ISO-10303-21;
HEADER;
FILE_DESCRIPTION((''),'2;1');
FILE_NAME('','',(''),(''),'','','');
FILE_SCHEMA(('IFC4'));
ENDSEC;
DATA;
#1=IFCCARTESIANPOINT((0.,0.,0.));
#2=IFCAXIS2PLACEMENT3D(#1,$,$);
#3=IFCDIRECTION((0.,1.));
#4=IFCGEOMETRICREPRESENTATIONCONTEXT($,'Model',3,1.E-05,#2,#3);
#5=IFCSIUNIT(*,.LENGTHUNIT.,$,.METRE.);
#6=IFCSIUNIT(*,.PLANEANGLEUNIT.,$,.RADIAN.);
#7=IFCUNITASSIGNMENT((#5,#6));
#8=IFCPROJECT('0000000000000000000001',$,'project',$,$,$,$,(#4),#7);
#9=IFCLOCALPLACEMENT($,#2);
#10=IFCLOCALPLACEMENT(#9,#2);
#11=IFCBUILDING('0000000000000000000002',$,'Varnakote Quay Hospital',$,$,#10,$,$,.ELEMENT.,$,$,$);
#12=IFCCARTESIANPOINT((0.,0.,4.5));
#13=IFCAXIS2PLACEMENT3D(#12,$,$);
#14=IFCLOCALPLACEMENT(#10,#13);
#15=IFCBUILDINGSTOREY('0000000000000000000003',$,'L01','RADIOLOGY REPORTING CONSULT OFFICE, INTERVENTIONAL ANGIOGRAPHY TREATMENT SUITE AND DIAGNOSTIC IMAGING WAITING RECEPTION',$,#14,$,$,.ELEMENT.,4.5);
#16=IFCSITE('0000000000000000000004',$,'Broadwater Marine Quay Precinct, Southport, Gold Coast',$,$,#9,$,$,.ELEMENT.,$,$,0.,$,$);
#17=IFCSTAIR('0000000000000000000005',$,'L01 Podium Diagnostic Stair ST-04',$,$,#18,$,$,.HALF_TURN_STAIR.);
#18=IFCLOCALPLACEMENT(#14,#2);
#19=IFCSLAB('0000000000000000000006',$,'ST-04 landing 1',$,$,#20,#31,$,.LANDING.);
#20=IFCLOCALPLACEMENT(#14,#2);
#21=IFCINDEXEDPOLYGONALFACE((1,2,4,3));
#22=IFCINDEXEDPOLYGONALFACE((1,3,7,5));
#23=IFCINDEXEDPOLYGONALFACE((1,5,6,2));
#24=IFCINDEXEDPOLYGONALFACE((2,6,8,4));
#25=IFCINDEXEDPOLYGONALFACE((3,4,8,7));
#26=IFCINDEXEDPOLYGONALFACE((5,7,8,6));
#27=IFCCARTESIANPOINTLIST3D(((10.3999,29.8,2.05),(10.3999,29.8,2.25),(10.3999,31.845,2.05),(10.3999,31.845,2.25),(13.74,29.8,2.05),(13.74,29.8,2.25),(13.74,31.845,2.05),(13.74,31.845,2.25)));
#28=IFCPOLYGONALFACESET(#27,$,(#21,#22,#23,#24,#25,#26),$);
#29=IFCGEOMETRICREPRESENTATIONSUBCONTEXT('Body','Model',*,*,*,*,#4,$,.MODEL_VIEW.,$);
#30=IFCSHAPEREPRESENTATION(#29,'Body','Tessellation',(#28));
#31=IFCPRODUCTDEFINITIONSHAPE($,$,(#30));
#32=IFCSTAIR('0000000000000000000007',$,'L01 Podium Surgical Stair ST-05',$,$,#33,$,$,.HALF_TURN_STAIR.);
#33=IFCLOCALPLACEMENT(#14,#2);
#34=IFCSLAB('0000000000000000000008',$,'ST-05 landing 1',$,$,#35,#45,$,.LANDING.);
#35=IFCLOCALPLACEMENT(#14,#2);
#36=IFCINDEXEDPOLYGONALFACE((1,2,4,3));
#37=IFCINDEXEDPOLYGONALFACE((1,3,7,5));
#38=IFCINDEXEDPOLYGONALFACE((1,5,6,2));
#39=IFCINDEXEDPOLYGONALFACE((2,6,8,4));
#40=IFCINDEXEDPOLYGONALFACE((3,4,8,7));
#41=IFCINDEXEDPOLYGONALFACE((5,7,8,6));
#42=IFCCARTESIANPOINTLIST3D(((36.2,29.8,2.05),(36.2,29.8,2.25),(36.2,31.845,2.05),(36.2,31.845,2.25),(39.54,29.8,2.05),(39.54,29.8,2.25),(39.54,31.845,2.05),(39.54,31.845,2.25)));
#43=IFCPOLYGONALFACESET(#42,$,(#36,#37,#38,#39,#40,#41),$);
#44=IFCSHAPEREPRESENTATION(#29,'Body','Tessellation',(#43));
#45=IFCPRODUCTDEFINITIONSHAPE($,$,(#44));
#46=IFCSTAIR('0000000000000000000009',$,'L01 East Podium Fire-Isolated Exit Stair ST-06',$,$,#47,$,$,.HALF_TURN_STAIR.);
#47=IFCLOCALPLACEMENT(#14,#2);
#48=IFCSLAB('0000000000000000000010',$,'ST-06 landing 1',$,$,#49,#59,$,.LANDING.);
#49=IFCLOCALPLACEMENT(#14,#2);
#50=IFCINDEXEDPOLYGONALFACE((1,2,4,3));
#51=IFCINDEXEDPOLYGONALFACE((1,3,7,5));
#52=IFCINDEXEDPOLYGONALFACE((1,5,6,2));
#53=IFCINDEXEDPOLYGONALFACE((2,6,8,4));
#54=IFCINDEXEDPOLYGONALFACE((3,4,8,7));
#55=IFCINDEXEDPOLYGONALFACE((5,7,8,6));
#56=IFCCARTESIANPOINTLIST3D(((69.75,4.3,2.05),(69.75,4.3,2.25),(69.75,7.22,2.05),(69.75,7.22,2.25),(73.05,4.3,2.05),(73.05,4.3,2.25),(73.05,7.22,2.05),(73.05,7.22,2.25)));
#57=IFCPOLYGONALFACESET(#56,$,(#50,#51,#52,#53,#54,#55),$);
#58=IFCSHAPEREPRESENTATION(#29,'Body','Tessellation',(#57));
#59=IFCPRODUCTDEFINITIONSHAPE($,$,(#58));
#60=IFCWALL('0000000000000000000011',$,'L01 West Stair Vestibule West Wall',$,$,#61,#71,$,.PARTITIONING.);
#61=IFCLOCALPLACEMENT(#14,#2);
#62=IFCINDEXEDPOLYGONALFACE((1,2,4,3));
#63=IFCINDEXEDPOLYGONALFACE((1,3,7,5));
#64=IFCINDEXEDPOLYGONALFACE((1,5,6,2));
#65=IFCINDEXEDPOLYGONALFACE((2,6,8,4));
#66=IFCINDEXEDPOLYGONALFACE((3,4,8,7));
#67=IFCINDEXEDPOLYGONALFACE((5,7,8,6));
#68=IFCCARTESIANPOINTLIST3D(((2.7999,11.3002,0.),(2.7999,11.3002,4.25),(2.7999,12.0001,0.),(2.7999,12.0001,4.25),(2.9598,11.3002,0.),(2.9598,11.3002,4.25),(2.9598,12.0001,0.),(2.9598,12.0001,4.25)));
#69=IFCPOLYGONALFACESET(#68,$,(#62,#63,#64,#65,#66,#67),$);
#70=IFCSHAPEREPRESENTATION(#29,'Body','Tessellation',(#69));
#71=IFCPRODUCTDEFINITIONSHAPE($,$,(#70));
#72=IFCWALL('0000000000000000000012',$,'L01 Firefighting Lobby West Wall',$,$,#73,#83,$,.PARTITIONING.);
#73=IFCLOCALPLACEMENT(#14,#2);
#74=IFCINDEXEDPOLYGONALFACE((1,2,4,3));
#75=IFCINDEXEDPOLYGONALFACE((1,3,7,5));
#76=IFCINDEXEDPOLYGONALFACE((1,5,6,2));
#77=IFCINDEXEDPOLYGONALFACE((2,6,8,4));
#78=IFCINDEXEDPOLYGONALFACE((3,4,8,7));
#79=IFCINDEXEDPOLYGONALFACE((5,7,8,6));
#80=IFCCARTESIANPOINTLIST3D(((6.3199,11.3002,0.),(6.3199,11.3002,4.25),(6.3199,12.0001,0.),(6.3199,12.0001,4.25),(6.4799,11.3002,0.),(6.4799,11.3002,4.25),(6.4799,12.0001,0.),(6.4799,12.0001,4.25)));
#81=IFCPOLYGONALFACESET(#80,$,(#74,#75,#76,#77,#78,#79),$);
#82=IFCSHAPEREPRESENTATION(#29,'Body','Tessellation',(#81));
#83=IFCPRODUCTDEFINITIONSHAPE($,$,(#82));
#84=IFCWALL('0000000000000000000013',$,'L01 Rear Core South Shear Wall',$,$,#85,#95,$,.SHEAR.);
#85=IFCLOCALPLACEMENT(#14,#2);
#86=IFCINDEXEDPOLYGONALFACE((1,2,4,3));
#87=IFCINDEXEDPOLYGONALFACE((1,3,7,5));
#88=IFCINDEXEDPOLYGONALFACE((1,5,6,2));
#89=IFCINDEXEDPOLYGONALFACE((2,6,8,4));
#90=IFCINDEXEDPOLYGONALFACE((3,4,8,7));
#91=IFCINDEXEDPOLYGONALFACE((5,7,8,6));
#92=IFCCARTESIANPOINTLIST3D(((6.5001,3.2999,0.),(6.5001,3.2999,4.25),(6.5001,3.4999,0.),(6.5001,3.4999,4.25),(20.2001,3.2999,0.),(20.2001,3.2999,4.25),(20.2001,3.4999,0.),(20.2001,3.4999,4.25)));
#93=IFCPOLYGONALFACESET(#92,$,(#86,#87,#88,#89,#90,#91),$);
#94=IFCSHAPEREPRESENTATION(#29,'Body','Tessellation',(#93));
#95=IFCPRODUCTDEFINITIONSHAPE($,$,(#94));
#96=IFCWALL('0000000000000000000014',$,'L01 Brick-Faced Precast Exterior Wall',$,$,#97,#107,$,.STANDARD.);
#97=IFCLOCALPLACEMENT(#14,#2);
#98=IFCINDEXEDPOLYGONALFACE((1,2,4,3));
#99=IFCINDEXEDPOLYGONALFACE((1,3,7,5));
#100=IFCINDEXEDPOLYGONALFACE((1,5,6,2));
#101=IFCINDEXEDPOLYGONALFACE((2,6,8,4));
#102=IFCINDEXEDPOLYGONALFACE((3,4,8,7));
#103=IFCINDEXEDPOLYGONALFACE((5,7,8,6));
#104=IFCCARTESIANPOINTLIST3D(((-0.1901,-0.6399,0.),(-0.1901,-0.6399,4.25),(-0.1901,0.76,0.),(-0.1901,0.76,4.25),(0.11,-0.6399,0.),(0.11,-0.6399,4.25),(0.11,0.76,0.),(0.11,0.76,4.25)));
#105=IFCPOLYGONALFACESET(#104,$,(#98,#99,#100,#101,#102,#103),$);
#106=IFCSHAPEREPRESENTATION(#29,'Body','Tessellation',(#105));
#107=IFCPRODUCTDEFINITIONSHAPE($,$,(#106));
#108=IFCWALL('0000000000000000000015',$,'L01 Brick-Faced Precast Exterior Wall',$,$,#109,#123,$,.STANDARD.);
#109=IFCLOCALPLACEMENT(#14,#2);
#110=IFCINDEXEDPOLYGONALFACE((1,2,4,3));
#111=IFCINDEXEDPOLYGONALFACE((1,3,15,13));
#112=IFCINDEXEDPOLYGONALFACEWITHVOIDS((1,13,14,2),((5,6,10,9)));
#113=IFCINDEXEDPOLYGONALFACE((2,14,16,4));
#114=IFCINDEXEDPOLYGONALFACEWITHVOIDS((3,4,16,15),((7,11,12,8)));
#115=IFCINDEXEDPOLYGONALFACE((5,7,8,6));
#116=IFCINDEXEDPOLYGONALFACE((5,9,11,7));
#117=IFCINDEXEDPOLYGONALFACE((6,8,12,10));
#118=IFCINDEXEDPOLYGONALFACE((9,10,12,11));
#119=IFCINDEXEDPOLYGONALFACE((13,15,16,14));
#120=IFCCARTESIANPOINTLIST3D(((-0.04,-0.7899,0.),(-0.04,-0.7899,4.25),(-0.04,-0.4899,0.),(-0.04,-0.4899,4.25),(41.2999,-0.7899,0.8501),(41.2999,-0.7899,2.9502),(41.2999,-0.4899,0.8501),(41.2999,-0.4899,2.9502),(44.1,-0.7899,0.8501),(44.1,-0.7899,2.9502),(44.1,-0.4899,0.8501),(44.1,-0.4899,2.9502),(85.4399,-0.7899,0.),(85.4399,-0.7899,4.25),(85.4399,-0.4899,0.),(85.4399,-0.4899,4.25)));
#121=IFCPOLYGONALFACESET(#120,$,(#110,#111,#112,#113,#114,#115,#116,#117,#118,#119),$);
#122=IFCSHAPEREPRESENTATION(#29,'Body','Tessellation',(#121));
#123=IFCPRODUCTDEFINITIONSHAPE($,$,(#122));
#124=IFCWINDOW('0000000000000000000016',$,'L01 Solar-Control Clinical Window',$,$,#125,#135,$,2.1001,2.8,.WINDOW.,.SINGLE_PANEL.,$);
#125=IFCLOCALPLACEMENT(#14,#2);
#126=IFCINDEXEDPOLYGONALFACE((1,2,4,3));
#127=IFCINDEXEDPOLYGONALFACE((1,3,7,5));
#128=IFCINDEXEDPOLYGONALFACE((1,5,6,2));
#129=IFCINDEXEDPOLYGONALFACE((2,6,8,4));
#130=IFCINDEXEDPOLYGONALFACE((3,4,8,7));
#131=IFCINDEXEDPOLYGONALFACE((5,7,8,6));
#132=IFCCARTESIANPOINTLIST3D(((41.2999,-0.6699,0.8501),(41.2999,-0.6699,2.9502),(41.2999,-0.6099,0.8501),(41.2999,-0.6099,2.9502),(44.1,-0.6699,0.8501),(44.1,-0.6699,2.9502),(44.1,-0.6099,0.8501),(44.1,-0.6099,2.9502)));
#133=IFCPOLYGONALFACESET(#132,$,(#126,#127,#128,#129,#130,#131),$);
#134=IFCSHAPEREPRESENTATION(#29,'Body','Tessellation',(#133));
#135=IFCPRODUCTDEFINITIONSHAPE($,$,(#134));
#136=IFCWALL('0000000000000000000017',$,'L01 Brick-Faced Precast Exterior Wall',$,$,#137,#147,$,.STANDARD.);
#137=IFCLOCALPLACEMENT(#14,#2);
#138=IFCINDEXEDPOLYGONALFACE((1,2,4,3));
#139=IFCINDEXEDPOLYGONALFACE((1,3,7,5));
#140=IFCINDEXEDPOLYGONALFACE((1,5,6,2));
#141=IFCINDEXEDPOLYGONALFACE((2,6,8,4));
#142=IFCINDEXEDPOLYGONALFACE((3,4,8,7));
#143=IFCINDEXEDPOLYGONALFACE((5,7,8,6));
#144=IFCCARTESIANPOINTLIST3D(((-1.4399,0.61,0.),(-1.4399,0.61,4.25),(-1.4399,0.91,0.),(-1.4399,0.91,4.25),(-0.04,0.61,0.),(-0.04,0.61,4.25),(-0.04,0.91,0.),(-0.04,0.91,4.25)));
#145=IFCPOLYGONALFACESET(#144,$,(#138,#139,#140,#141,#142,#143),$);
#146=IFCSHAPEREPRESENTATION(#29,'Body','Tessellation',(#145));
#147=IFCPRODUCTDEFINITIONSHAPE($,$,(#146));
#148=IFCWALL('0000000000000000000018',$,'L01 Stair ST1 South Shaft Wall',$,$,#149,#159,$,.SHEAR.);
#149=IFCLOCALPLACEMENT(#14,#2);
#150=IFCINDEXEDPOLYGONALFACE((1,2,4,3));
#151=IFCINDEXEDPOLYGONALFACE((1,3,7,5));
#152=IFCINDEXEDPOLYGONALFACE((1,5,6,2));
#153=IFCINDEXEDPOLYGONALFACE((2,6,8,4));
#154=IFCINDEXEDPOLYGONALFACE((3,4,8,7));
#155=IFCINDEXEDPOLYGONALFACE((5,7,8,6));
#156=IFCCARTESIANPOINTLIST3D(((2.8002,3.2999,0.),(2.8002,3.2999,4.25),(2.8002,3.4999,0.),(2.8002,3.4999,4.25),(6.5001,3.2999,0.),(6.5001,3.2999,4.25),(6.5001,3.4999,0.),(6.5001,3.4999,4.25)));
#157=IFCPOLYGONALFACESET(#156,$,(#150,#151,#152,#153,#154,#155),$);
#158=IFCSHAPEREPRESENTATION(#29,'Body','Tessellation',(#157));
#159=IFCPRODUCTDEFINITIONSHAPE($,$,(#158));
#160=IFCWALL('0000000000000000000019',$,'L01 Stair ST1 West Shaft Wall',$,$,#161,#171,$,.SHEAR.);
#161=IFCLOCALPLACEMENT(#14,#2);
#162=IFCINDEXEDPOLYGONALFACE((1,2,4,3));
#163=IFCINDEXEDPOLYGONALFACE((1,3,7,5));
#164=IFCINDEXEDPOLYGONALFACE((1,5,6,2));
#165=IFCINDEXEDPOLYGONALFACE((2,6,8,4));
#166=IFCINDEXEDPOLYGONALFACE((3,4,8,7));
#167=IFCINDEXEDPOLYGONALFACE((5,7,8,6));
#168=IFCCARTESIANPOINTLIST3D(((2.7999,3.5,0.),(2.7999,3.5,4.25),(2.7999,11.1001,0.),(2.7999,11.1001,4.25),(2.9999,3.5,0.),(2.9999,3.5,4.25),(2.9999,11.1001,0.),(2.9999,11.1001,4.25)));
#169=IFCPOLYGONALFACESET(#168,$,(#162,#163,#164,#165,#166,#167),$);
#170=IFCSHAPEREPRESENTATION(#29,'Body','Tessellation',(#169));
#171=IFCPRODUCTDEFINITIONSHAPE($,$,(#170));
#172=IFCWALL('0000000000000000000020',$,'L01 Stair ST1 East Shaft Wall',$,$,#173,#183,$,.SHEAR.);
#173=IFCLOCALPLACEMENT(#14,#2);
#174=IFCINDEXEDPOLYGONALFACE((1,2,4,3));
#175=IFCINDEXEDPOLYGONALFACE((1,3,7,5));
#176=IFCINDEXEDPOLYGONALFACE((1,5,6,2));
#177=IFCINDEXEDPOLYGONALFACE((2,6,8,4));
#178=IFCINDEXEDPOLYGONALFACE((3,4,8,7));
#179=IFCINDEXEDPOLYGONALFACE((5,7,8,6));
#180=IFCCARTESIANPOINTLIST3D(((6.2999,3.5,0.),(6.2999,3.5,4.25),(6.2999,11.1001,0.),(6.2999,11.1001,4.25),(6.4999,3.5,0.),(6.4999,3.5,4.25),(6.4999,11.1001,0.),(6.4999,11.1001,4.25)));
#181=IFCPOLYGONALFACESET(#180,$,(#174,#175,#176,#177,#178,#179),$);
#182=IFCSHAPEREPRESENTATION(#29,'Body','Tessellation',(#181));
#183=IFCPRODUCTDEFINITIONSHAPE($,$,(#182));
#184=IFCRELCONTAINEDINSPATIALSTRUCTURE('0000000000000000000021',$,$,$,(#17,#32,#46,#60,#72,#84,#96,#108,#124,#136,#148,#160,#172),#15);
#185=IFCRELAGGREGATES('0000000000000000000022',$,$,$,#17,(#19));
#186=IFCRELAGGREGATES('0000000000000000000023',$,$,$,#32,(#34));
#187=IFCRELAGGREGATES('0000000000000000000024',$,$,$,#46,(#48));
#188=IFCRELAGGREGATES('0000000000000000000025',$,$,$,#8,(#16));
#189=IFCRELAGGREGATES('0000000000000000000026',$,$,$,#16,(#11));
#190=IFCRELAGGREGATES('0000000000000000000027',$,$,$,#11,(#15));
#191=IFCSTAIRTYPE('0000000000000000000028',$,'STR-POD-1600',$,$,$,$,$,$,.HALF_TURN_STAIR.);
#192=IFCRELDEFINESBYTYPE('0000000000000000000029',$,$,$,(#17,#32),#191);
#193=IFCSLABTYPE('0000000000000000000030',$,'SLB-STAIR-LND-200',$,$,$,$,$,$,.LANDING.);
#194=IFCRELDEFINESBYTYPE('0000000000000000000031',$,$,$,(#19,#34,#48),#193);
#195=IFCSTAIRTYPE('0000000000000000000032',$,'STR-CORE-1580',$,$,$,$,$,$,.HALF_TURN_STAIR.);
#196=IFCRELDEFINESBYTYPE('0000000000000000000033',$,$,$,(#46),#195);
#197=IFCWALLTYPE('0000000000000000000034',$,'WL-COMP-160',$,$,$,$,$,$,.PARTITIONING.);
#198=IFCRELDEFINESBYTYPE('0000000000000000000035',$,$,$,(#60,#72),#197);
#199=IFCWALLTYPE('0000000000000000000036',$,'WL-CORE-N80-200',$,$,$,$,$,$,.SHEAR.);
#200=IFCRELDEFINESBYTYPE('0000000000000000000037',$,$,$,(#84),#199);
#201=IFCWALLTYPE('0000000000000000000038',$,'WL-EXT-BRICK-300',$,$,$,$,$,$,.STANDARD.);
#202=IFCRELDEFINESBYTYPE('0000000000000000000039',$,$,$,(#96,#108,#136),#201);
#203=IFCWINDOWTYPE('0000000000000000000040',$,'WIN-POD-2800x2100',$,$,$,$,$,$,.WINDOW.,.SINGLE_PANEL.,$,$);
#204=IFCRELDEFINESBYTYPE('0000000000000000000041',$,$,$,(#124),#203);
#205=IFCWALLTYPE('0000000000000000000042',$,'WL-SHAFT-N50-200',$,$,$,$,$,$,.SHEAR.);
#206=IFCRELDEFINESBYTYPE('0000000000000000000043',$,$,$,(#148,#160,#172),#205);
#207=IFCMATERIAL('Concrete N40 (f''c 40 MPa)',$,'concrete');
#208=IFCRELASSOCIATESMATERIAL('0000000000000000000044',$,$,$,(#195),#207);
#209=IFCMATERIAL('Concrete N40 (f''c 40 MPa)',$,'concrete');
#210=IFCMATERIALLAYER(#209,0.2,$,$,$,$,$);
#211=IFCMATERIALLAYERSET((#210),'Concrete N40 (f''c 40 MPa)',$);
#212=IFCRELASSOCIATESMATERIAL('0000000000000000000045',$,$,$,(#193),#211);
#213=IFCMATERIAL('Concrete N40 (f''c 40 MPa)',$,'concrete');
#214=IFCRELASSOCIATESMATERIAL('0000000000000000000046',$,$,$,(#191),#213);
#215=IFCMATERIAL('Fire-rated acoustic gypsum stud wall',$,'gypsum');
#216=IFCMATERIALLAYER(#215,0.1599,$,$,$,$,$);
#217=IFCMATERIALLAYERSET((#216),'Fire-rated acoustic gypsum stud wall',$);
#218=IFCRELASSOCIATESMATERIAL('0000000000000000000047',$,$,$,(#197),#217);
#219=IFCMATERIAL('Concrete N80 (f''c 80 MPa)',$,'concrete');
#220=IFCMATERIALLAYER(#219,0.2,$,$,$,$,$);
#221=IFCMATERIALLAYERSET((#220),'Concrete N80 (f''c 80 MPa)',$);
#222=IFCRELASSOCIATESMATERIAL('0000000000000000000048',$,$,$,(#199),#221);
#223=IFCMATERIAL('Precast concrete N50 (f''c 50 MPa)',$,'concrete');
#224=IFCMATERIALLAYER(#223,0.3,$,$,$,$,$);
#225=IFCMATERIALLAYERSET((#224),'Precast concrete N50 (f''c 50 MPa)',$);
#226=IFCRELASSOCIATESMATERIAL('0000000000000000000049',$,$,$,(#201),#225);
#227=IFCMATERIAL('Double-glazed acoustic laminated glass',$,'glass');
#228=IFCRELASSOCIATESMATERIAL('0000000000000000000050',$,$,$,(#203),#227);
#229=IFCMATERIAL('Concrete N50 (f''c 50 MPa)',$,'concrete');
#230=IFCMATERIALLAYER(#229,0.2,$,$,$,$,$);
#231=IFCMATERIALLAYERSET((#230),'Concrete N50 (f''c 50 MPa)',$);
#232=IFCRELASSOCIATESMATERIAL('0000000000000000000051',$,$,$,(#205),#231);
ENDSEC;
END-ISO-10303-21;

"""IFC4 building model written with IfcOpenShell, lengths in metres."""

from ifc_helpers import new_model, si_unit, direction, frame, frame_2d, origin, place, context, subcontext, project, spatial, polyline, rectangle, outline, extrude, material, layer, layer_set, type_object, element, fill, aggregate, save


model = new_model("IFC4")

# Units and contexts
model_context = context("Model", 3, precision=1e-05, world=origin(), true_north=direction((0.0, 1.0)))
body_context = subcontext(model_context, "Body", "Model", "MODEL_VIEW")
ifc_project = project(units=[si_unit("LENGTHUNIT", "METRE"), si_unit("PLANEANGLEUNIT", "RADIAN")], contexts=[model_context])

# Site, building, storey
site_placement = place(None, origin())
site = spatial("IfcSite", under=ifc_project, at=site_placement, Name="Broadwater Marine Quay Precinct, Southport, Gold Coast", CompositionType="ELEMENT", RefElevation=0.0)
building_placement = place(site_placement, origin())
building = spatial("IfcBuilding", under=site, at=building_placement, Name="Varnakote Quay Hospital", CompositionType="ELEMENT")
storey_placement = place(building_placement, frame((0.0, 0.0, 4.5)))
storey = spatial("IfcBuildingStorey", under=building, at=storey_placement, Name="L01", Description="RADIOLOGY REPORTING CONSULT OFFICE, INTERVENTIONAL ANGIOGRAPHY TREATMENT SUITE AND DIAGNOSTIC IMAGING WAITING RECEPTION", CompositionType="ELEMENT", Elevation=4.5)

# Stairs, slabs
ifc_material_1 = material(Name="Concrete N40 (f'c 40 MPa)", Category="concrete")
stair_type_1 = type_object("IfcStairType", Name="STR-CORE-1580", PredefinedType="HALF_TURN_STAIR", material=ifc_material_1)
ifc_material_2 = material(Name="Concrete N40 (f'c 40 MPa)", Category="concrete")
ifc_layer_1 = layer(ifc_material_2, 0.2)
ifc_layer_set_1 = layer_set([ifc_layer_1], Name="Concrete N40 (f'c 40 MPa)")
slab_type_1 = type_object("IfcSlabType", Name="SLB-STAIR-LND-200", PredefinedType="LANDING", material=ifc_layer_set_1)
ifc_material_3 = material(Name="Concrete N40 (f'c 40 MPa)", Category="concrete")
stair_type_2 = type_object("IfcStairType", Name="STR-POD-1600", PredefinedType="HALF_TURN_STAIR", material=ifc_material_3)
stair_1_placement = place(storey_placement, origin())
stair_1 = element("IfcStair", 1, at=stair_1_placement, inside=storey, type_object=stair_type_2, Name="L01 Podium Diagnostic Stair ST-04", PredefinedType="HALF_TURN_STAIR")
slab_1_placement = place(storey_placement, frame((0.0, 0.0, 2.05)))
slab_1 = element("IfcSlab", 2, at=slab_1_placement, type_object=slab_type_1, Name="ST-04 landing 1", PredefinedType="LANDING", context=body_context, shape_type="SweptSolid", body=[
    extrude(outline(polyline([(10.3999, 31.845), (10.3999, 29.8), (13.74, 29.8), (13.74, 31.845), (10.3999, 31.845)])), origin(), (0.0, 0.0, 1.0), 0.2),
])
aggregate(stair_1, [slab_1])
stair_2_placement = place(storey_placement, origin())
stair_2 = element("IfcStair", 3, at=stair_2_placement, inside=storey, type_object=stair_type_2, Name="L01 Podium Surgical Stair ST-05", PredefinedType="HALF_TURN_STAIR")
slab_2_placement = place(storey_placement, frame((0.0, 0.0, 2.05)))
slab_2 = element("IfcSlab", 4, at=slab_2_placement, type_object=slab_type_1, Name="ST-05 landing 1", PredefinedType="LANDING", context=body_context, shape_type="SweptSolid", body=[
    extrude(outline(polyline([(36.2, 31.845), (36.2, 29.8), (39.54, 29.8), (39.54, 31.845), (36.2, 31.845)])), origin(), (0.0, 0.0, 1.0), 0.2),
])
aggregate(stair_2, [slab_2])
stair_3_placement = place(storey_placement, origin())
stair_3 = element("IfcStair", 5, at=stair_3_placement, inside=storey, type_object=stair_type_1, Name="L01 East Podium Fire-Isolated Exit Stair ST-06", PredefinedType="HALF_TURN_STAIR")
slab_3_placement = place(storey_placement, frame((0.0, 0.0, 2.05)))
slab_3 = element("IfcSlab", 6, at=slab_3_placement, type_object=slab_type_1, Name="ST-06 landing 1", PredefinedType="LANDING", context=body_context, shape_type="SweptSolid", body=[
    extrude(outline(polyline([(69.75, 7.22), (69.75, 4.3), (73.05, 4.3), (73.05, 7.22), (69.75, 7.22)])), origin(), (0.0, 0.0, 1.0), 0.2),
])
aggregate(stair_3, [slab_3])

# Walls
ifc_material_4 = material(Name="Fire-rated acoustic gypsum stud wall", Category="gypsum")
ifc_layer_2 = layer(ifc_material_4, 0.1599)
ifc_layer_set_2 = layer_set([ifc_layer_2], Name="Fire-rated acoustic gypsum stud wall")
wall_type_1 = type_object("IfcWallType", Name="WL-COMP-160", PredefinedType="PARTITIONING", material=ifc_layer_set_2)
for number, where, z_axis, x_axis, name in (
    (7, (2.8799, 11.3, 0.0), (0.0, 0.0, 1.0), (0.0, 1.0, 0.0), "L01 West Stair Vestibule West Wall"),
    (8, (6.3999, 11.3, 0.0), (0.0, 0.0, 1.0), (0.0, 1.0, 0.0), "L01 Firefighting Lobby West Wall"),
):
    element("IfcWall", number, at=place(storey_placement, frame(where, z_axis=z_axis, x_axis=x_axis)), inside=storey, type_object=wall_type_1, Name=name, PredefinedType="PARTITIONING", context=body_context, shape_type="SweptSolid", body=[
        extrude(rectangle(XDim=0.7, YDim=0.1599, at=frame_2d((0.3501, 0.0))), origin(), (0.0, 0.0, 1.0), 4.25),
    ])
ifc_material_5 = material(Name="Concrete N80 (f'c 80 MPa)", Category="concrete")
ifc_layer_3 = layer(ifc_material_5, 0.2)
ifc_layer_set_3 = layer_set([ifc_layer_3], Name="Concrete N80 (f'c 80 MPa)")
wall_type_2 = type_object("IfcWallType", Name="WL-CORE-N80-200", PredefinedType="SHEAR", material=ifc_layer_set_3)
wall_1_placement = place(storey_placement, frame((6.5, 3.3999, 0.0), z_axis=(0.0, 0.0, 1.0), x_axis=(1.0, 0.0, 0.0)))
element("IfcWall", 9, at=wall_1_placement, inside=storey, type_object=wall_type_2, Name="L01 Rear Core South Shear Wall", PredefinedType="SHEAR", context=body_context, shape_type="SweptSolid", body=[
    extrude(rectangle(XDim=13.7, YDim=0.2, at=frame_2d((6.8501, 0.0))), origin(), (0.0, 0.0, 1.0), 4.25),
])
ifc_material_6 = material(Name="Precast concrete N50 (f'c 50 MPa)", Category="concrete")
ifc_layer_4 = layer(ifc_material_6, 0.3)
ifc_layer_set_4 = layer_set([ifc_layer_4], Name="Precast concrete N50 (f'c 50 MPa)")
wall_type_3 = type_object("IfcWallType", Name="WL-EXT-BRICK-300", PredefinedType="STANDARD", material=ifc_layer_set_4)
wall_2_placement = place(storey_placement, frame((-0.04, 0.76, 0.0), z_axis=(0.0, 0.0, 1.0), x_axis=(0.0, -1.0, 0.0)))
element("IfcWall", 10, at=wall_2_placement, inside=storey, type_object=wall_type_3, Name="L01 Brick-Faced Precast Exterior Wall", PredefinedType="STANDARD", context=body_context, shape_type="SweptSolid", body=[
    extrude(rectangle(XDim=1.3999, YDim=0.3, at=frame_2d((0.7, 0.0))), origin(), (0.0, 0.0, 1.0), 4.25),
])

# Wall, opening, window
wall_3_placement = place(storey_placement, frame((-0.04, -0.6399, 0.0), z_axis=(0.0, 0.0, 1.0), x_axis=(1.0, 0.0, 0.0)))
wall_3 = element("IfcWall", 11, at=wall_3_placement, inside=storey, type_object=wall_type_3, Name="L01 Brick-Faced Precast Exterior Wall", PredefinedType="STANDARD", context=body_context, shape_type="SweptSolid", body=[
    extrude(rectangle(XDim=85.48, YDim=0.3, at=frame_2d((42.74, 0.0))), origin(), (0.0, 0.0, 1.0), 4.25),
])
opening_1_placement = place(wall_3_placement, frame((41.3401, 0.0, 0.8501)))
opening_1 = element("IfcOpeningElement", 12, at=opening_1_placement, cuts=wall_3, PredefinedType="OPENING", context=body_context, shape_type="SweptSolid", body=[
    extrude(rectangle(XDim=2.8, YDim=2.1001, at=frame_2d((1.3999, 1.05))), frame((0.0, 0.1599, 0.0), z_axis=(0.0, -1.0, 0.0), x_axis=(1.0, 0.0, 0.0)), (0.0, 0.0, 1.0), 0.3201),
])
ifc_material_7 = material(Name="Double-glazed acoustic laminated glass", Category="glass")
window_type = type_object("IfcWindowType", Name="WIN-POD-2800x2100", PartitioningType="SINGLE_PANEL", PredefinedType="WINDOW", material=ifc_material_7)
window_placement = place(opening_1_placement, origin())
window = element("IfcWindow", 13, at=window_placement, inside=storey, type_object=window_type, Name="L01 Solar-Control Clinical Window", OverallHeight=2.1001, OverallWidth=2.8, PartitioningType="SINGLE_PANEL", PredefinedType="WINDOW", context=body_context, shape_type="SweptSolid", body=[
    extrude(rectangle(XDim=2.8, YDim=2.1001, at=frame_2d((1.3999, 1.05))), frame((0.0, 0.03, 0.0), z_axis=(0.0, -1.0, 0.0), x_axis=(1.0, 0.0, 0.0)), (0.0, 0.0, 1.0), 0.0601),
])
fill(opening_1, window)

# Walls
wall_4_placement = place(storey_placement, frame((-1.4399, 0.76, 0.0), z_axis=(0.0, 0.0, 1.0), x_axis=(1.0, 0.0, 0.0)))
element("IfcWall", 14, at=wall_4_placement, inside=storey, type_object=wall_type_3, Name="L01 Brick-Faced Precast Exterior Wall", PredefinedType="STANDARD", context=body_context, shape_type="SweptSolid", body=[
    extrude(rectangle(XDim=1.3999, YDim=0.3, at=frame_2d((0.7, 0.0))), origin(), (0.0, 0.0, 1.0), 4.25),
])
ifc_material_8 = material(Name="Concrete N50 (f'c 50 MPa)", Category="concrete")
ifc_layer_5 = layer(ifc_material_8, 0.2)
ifc_layer_set_5 = layer_set([ifc_layer_5], Name="Concrete N50 (f'c 50 MPa)")
wall_type_4 = type_object("IfcWallType", Name="WL-SHAFT-N50-200", PredefinedType="SHEAR", material=ifc_layer_set_5)
wall_5_placement = place(storey_placement, frame((2.8, 3.3999, 0.0), z_axis=(0.0, 0.0, 1.0), x_axis=(1.0, 0.0, 0.0)))
element("IfcWall", 15, at=wall_5_placement, inside=storey, type_object=wall_type_4, Name="L01 Stair ST1 South Shaft Wall", PredefinedType="SHEAR", context=body_context, shape_type="SweptSolid", body=[
    extrude(rectangle(XDim=3.7, YDim=0.2, at=frame_2d((1.8501, 0.0))), origin(), (0.0, 0.0, 1.0), 4.25),
])
for number, where, z_axis, x_axis, name in (
    (16, (2.8999, 3.5, 0.0), (0.0, 0.0, 1.0), (0.0, 1.0, 0.0), "L01 Stair ST1 West Shaft Wall"),
    (17, (6.3999, 3.5, 0.0), (0.0, 0.0, 1.0), (0.0, 1.0, 0.0), "L01 Stair ST1 East Shaft Wall"),
):
    element("IfcWall", number, at=place(storey_placement, frame(where, z_axis=z_axis, x_axis=x_axis)), inside=storey, type_object=wall_type_4, Name=name, PredefinedType="SHEAR", context=body_context, shape_type="SweptSolid", body=[
        extrude(rectangle(XDim=7.6001, YDim=0.2, at=frame_2d((3.8, 0.0))), origin(), (0.0, 0.0, 1.0), 4.25),
    ])

save(model, "model.ifc")
